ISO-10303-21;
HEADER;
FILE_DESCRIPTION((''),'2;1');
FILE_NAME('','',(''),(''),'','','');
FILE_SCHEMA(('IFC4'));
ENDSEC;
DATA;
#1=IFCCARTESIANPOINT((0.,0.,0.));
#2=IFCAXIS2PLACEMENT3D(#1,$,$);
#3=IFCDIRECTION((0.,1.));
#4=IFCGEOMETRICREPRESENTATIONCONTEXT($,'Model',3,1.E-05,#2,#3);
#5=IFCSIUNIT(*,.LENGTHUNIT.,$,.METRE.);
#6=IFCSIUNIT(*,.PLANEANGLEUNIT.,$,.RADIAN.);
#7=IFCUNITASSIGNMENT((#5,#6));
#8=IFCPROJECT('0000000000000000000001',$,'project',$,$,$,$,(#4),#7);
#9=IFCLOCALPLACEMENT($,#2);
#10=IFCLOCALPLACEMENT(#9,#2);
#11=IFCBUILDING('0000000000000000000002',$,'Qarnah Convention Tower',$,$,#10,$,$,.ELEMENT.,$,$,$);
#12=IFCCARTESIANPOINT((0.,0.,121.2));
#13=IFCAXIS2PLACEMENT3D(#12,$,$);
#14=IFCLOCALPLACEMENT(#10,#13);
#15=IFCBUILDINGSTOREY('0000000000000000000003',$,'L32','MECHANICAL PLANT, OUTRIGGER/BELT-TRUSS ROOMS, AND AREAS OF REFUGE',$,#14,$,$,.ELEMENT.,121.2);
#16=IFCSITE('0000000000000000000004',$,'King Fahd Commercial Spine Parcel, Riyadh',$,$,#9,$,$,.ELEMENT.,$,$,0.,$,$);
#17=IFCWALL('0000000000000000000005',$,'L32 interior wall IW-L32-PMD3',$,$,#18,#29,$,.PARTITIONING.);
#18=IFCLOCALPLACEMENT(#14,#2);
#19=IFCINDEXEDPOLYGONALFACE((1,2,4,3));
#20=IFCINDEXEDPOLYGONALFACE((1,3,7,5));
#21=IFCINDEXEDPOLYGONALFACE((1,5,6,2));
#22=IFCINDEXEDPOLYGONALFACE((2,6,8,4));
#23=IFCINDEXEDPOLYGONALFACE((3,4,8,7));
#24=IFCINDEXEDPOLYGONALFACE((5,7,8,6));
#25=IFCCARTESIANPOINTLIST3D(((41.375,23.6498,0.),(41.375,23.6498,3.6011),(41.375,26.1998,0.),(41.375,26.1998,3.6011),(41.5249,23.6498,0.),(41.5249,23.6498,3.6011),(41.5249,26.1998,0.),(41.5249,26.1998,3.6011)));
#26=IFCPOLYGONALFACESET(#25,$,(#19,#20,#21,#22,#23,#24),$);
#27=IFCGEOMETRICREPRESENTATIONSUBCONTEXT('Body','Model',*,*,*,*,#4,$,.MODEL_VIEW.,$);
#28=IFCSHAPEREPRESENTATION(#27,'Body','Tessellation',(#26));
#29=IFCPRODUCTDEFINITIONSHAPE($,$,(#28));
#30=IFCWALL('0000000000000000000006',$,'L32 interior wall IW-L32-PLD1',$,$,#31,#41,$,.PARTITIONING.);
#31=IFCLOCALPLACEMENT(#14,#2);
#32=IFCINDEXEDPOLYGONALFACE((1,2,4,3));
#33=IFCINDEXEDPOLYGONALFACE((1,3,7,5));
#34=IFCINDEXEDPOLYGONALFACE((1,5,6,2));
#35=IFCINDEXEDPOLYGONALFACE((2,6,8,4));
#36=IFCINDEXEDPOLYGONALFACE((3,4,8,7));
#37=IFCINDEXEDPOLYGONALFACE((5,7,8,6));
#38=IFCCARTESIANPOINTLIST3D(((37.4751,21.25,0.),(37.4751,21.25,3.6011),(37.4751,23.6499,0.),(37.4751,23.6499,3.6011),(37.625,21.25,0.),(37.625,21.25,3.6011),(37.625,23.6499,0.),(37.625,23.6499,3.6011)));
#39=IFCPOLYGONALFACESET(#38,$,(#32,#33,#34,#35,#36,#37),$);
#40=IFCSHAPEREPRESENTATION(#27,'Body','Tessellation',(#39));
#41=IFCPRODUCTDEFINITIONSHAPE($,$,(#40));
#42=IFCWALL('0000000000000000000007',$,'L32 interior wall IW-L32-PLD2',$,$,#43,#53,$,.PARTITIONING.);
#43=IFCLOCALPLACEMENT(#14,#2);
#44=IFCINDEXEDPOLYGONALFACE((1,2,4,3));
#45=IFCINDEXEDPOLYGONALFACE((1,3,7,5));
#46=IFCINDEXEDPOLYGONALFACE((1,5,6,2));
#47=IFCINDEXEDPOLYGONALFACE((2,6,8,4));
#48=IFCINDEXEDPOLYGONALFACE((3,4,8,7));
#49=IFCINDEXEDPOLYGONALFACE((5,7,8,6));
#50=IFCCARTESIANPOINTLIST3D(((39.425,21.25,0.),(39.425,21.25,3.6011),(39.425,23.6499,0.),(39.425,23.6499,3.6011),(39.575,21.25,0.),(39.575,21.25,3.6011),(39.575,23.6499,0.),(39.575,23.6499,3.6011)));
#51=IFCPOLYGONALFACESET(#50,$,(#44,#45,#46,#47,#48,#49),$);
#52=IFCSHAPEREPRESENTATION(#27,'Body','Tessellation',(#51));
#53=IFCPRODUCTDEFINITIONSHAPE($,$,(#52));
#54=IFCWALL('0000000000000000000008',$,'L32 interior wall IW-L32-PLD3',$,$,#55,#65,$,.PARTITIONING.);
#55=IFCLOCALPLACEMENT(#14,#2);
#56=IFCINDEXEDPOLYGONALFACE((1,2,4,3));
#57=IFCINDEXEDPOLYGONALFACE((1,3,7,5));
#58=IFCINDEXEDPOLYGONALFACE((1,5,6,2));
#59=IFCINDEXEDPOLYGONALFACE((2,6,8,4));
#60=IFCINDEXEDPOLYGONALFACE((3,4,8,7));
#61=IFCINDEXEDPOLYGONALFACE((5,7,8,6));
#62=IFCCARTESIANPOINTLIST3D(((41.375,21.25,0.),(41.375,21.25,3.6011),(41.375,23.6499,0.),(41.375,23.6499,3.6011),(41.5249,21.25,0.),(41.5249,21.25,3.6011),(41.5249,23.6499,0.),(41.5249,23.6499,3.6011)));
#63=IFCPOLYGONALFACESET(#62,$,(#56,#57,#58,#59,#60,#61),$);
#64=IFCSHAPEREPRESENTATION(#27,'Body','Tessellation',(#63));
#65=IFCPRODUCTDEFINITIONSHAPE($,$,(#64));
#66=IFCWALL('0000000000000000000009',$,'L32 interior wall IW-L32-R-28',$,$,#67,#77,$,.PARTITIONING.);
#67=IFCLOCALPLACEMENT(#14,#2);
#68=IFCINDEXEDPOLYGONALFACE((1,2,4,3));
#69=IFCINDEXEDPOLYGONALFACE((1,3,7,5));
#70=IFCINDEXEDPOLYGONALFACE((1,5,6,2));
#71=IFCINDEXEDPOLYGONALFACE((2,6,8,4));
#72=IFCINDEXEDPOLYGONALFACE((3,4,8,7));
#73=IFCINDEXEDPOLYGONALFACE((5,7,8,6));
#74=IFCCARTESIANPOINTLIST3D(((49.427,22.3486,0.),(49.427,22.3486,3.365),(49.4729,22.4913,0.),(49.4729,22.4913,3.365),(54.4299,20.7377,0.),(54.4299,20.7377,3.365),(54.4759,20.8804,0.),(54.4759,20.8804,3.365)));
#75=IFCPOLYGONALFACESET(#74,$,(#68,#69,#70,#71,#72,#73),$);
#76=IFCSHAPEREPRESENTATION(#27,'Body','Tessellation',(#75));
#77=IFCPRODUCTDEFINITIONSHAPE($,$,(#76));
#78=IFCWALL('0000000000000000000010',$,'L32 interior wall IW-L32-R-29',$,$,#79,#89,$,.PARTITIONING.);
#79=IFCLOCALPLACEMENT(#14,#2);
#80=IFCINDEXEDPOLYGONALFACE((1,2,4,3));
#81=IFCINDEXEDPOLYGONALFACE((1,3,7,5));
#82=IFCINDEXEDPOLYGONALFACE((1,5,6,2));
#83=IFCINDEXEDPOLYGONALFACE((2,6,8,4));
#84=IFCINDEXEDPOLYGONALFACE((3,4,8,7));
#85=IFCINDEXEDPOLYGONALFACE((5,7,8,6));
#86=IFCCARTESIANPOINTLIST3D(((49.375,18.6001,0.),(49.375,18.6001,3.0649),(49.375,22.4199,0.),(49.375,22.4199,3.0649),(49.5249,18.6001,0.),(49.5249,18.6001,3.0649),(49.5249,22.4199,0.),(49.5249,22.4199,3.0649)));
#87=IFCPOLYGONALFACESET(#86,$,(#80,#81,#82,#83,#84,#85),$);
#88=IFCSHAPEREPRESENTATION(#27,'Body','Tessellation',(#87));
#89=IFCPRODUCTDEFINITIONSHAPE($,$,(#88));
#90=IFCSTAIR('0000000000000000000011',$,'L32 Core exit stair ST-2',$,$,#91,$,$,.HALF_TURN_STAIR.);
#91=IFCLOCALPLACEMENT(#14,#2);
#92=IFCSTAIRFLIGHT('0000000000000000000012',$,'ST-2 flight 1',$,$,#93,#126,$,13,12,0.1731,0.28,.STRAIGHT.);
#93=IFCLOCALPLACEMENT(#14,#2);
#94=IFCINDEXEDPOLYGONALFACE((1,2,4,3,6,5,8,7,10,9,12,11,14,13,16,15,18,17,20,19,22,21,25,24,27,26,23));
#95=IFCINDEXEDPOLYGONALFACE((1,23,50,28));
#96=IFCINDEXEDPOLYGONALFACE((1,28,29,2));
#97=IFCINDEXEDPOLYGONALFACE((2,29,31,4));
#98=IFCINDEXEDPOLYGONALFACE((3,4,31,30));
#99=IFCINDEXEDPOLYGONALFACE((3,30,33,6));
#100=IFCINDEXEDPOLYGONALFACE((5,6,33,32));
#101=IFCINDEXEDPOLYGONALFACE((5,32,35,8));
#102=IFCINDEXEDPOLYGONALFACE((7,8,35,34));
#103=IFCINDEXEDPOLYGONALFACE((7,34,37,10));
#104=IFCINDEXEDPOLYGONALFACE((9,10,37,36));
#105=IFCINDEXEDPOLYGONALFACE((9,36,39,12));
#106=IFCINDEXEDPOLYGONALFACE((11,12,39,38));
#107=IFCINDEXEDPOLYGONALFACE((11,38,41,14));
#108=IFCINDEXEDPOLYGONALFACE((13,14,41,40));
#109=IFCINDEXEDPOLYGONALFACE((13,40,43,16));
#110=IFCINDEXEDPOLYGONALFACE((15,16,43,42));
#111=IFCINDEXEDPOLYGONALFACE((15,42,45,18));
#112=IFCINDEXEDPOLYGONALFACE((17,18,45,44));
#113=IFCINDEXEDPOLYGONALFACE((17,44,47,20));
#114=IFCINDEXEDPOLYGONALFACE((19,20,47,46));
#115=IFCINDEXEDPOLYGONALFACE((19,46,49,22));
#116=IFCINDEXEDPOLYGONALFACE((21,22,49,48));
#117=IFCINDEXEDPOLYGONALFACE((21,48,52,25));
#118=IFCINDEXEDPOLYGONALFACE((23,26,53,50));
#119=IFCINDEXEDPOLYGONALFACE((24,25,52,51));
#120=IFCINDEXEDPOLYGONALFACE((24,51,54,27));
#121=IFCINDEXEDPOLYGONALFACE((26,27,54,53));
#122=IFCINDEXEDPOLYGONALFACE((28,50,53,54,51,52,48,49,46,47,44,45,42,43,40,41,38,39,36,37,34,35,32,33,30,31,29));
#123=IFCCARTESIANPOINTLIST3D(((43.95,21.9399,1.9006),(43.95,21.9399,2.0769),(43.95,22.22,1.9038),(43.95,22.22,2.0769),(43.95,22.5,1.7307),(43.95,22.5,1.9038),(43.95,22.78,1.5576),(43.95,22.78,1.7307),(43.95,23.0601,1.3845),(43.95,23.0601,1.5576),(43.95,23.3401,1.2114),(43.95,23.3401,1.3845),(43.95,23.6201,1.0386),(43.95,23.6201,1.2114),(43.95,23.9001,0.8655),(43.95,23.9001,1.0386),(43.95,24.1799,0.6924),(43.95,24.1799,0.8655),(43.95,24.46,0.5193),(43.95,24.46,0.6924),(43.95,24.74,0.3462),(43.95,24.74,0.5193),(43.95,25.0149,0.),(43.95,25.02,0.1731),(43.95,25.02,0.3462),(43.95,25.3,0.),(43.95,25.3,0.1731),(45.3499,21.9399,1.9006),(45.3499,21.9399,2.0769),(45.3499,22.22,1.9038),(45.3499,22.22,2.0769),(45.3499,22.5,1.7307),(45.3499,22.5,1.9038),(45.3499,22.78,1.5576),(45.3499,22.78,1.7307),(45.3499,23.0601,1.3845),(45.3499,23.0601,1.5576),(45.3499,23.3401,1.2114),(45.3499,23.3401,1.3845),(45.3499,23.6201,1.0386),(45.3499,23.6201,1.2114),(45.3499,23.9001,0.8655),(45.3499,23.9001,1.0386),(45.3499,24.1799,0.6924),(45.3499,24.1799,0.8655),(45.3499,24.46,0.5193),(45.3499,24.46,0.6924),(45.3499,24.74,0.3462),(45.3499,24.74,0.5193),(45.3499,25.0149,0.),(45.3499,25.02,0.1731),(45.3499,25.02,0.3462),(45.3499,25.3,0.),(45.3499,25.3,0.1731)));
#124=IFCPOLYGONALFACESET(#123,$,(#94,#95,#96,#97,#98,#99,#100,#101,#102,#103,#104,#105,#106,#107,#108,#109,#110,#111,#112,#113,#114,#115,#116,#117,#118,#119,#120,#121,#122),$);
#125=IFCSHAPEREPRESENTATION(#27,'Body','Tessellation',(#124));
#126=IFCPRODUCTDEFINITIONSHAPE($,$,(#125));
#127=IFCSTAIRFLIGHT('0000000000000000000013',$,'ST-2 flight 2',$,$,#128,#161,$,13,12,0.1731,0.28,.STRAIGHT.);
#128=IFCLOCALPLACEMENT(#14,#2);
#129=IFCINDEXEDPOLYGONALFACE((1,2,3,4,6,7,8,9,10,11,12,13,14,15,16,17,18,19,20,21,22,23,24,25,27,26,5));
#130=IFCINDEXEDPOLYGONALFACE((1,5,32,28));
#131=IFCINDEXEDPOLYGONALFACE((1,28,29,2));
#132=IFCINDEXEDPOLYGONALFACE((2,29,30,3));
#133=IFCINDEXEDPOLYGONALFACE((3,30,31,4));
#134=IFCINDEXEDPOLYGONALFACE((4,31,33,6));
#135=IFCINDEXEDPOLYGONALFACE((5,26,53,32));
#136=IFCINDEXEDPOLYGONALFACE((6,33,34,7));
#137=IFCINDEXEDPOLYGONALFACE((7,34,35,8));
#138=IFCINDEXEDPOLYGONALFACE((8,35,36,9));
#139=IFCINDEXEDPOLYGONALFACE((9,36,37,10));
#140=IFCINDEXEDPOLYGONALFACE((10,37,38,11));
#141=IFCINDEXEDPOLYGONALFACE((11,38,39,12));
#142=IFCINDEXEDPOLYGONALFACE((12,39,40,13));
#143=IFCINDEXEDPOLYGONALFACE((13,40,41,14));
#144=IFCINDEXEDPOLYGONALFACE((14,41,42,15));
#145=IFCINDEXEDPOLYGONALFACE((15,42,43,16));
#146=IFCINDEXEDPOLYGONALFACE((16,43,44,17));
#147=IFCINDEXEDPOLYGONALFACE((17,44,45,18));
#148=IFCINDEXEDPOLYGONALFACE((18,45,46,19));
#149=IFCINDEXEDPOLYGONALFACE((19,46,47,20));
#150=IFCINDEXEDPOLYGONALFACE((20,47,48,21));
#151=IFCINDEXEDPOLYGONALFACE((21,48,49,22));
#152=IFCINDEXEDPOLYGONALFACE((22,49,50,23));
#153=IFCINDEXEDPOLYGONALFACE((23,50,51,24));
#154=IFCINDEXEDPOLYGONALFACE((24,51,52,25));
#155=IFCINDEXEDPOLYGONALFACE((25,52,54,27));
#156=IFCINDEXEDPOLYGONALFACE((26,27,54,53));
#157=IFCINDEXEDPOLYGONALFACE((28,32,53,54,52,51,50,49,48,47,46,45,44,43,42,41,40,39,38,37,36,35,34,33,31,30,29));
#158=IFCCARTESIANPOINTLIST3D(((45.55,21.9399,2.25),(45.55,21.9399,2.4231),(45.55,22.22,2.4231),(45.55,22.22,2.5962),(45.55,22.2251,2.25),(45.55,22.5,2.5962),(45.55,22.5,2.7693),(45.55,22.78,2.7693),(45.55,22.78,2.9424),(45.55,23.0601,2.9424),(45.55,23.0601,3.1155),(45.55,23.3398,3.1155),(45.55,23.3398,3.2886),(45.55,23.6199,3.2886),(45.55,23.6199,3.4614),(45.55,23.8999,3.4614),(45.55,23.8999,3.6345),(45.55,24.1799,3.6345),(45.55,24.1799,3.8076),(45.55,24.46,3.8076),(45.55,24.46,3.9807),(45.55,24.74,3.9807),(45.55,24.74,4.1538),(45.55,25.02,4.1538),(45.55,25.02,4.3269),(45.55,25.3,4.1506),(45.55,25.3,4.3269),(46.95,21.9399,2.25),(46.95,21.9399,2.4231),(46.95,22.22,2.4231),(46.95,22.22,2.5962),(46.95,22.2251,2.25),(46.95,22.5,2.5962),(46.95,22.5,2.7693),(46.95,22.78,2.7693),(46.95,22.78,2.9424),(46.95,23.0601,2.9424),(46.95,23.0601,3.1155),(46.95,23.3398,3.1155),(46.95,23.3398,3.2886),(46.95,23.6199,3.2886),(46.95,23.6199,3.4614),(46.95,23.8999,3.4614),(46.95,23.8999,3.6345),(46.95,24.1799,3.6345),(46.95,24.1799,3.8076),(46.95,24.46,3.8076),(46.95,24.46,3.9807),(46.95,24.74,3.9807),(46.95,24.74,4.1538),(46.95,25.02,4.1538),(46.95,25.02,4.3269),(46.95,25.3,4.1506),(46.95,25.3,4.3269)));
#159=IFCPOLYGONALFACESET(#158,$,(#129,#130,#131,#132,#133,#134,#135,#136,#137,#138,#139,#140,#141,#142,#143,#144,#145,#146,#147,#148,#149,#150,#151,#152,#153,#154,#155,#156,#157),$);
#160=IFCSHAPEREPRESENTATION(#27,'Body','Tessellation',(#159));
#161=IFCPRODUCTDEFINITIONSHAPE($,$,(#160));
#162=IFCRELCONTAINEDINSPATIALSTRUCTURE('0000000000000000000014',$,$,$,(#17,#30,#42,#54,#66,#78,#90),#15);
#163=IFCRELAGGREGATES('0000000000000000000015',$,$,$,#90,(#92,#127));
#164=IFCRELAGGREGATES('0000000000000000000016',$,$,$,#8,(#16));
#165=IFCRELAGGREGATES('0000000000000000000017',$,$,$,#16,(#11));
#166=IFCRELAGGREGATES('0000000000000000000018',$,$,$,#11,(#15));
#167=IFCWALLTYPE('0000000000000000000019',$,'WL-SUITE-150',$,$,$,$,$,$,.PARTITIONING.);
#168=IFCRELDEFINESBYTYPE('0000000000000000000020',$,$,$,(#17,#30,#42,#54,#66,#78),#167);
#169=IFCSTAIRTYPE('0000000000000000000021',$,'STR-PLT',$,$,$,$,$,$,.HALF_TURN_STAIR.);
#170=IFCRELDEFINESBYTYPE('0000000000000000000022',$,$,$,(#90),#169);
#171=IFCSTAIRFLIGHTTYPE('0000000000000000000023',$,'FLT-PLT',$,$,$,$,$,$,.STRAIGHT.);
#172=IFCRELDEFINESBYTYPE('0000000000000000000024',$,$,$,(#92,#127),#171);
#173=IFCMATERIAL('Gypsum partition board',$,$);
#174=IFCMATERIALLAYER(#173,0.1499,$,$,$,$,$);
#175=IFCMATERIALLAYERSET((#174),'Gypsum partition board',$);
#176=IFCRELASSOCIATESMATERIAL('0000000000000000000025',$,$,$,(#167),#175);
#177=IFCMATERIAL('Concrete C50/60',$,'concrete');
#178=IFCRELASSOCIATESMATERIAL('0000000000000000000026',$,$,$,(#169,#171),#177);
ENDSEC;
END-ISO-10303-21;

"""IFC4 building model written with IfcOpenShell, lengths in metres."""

from ifc_helpers import new_model, si_unit, direction, frame, frame_2d, origin, place, context, subcontext, project, spatial, polyline, rectangle, outline, extrude, material, layer, layer_set, type_object, element, aggregate, save


model = new_model("IFC4")

# Units and contexts
model_context = context("Model", 3, precision=1e-05, world=origin(), true_north=direction((0.0, 1.0)))
body_context = subcontext(model_context, "Body", "Model", "MODEL_VIEW")
ifc_project = project(units=[si_unit("LENGTHUNIT", "METRE"), si_unit("PLANEANGLEUNIT", "RADIAN")], contexts=[model_context])

# Site, building, storey
site_placement = place(None, origin())
site = spatial("IfcSite", under=ifc_project, at=site_placement, Name="King Fahd Commercial Spine Parcel, Riyadh", CompositionType="ELEMENT", RefElevation=0.0)
building_placement = place(site_placement, origin())
building = spatial("IfcBuilding", under=site, at=building_placement, Name="Qarnah Convention Tower", CompositionType="ELEMENT")
storey_placement = place(building_placement, frame((0.0, 0.0, 121.2)))
storey = spatial("IfcBuildingStorey", under=building, at=storey_placement, Name="L32", Description="MECHANICAL PLANT, OUTRIGGER/BELT-TRUSS ROOMS, AND AREAS OF REFUGE", CompositionType="ELEMENT", Elevation=121.2)

# Walls
ifc_material_1 = material(Name="Gypsum partition board")
ifc_layer_1 = layer(ifc_material_1, 0.1499)
ifc_layer_set_1 = layer_set([ifc_layer_1], Name="Gypsum partition board")
wall_type = type_object("IfcWallType", Name="WL-SUITE-150", PredefinedType="PARTITIONING", material=ifc_layer_set_1)
for number, where, z_axis, x_axis, name in (
    (1, (41.45, 23.6499, 0.0), (0.0, 0.0, 1.0), (0.0, 1.0, 0.0), "L32 interior wall IW-L32-PMD3"),
):
    element("IfcWall", number, at=place(storey_placement, frame(where, z_axis=z_axis, x_axis=x_axis)), inside=storey, type_object=wall_type, Name=name, PredefinedType="PARTITIONING", context=body_context, shape_type="SweptSolid", body=[
        extrude(rectangle(XDim=2.55, YDim=0.1499, at=frame_2d((1.2749, 0.0))), origin(), (0.0, 0.0, 1.0), 3.6011),
    ])
for number, where, z_axis, x_axis, name in (
    (2, (37.55, 21.25, 0.0), (0.0, 0.0, 1.0), (0.0, 1.0, 0.0), "L32 interior wall IW-L32-PLD1"),
    (3, (39.5, 21.25, 0.0), (0.0, 0.0, 1.0), (0.0, 1.0, 0.0), "L32 interior wall IW-L32-PLD2"),
    (4, (41.45, 21.25, 0.0), (0.0, 0.0, 1.0), (0.0, 1.0, 0.0), "L32 interior wall IW-L32-PLD3"),
):
    element("IfcWall", number, at=place(storey_placement, frame(where, z_axis=z_axis, x_axis=x_axis)), inside=storey, type_object=wall_type, Name=name, PredefinedType="PARTITIONING", context=body_context, shape_type="SweptSolid", body=[
        extrude(rectangle(XDim=2.3999, YDim=0.1499, at=frame_2d((1.2, 0.0))), origin(), (0.0, 0.0, 1.0), 3.6011),
    ])
wall_1_placement = place(storey_placement, frame((54.4529, 20.8091, 0.0), z_axis=(0.0, 0.0, 1.0), x_axis=(-0.951876, 0.306484, 0.0)))
element("IfcWall", 5, at=wall_1_placement, inside=storey, type_object=wall_type, Name="L32 interior wall IW-L32-R-28", PredefinedType="PARTITIONING", context=body_context, shape_type="SweptSolid", body=[
    extrude(rectangle(XDim=5.2559, YDim=0.1499, at=frame_2d((2.6279, 0.0))), origin(), (0.0, 0.0, 1.0), 3.365),
])
wall_2_placement = place(storey_placement, frame((49.45, 22.4199, 0.0), z_axis=(0.0, 0.0, 1.0), x_axis=(0.0, -1.0, 0.0)))
element("IfcWall", 6, at=wall_2_placement, inside=storey, type_object=wall_type, Name="L32 interior wall IW-L32-R-29", PredefinedType="PARTITIONING", context=body_context, shape_type="SweptSolid", body=[
    extrude(rectangle(XDim=3.8198, YDim=0.1499, at=frame_2d((1.9099, 0.0))), origin(), (0.0, 0.0, 1.0), 3.0649),
])

# Stair, stair flights
ifc_material_2 = material(Name="Concrete C50/60", Category="concrete")
stair_type = type_object("IfcStairType", Name="STR-PLT", PredefinedType="HALF_TURN_STAIR", material=ifc_material_2)
stair_placement = place(storey_placement, origin())
stair = element("IfcStair", 7, at=stair_placement, inside=storey, type_object=stair_type, Name="L32 Core exit stair ST-2", PredefinedType="HALF_TURN_STAIR")
stair_flight_type = type_object("IfcStairFlightType", Name="FLT-PLT", PredefinedType="STRAIGHT", material=ifc_material_2)
stair_flight_1_placement = place(storey_placement, frame((44.6499, 25.3, 0.0), z_axis=(0.0, 0.0, 1.0), x_axis=(0.0, -1.0, 0.0)))
stair_flight_1 = element("IfcStairFlight", 8, at=stair_flight_1_placement, type_object=stair_flight_type, Name="ST-2 flight 1", NumberOfRisers=13, NumberOfTreads=12, PredefinedType="STRAIGHT", RiserHeight=0.1731, TreadLength=0.28, context=body_context, shape_type="SweptSolid", body=[
    extrude(outline(polyline([(0.0, 0.0), (0.0, 0.1731), (0.28, 0.1731), (0.28, 0.3462), (0.5601, 0.3462), (0.5601, 0.5193), (0.8401, 0.5193), (0.8401, 0.6924), (1.1201, 0.6924), (1.1201, 0.8655), (1.3999, 0.8655), (1.3999, 1.0386), (1.6799, 1.0386), (1.6799, 1.2114), (1.96, 1.2114), (1.96, 1.3845), (2.24, 1.3845), (2.24, 1.5576), (2.52, 1.5576), (2.52, 1.7307), (2.8, 1.7307), (2.8, 1.9038), (3.0801, 1.9038), (3.0801, 2.0769), (3.3601, 2.0769), (3.3601, 2.25), (3.3601, 1.9006), (0.2852, 0.0), (0.0, 0.0)])), frame((0.0, 0.7, 0.0), z_axis=(0.0, -1.0, 0.0), x_axis=(1.0, 0.0, 0.0)), (0.0, 0.0, 1.0), 1.3999),
])
stair_flight_2_placement = place(storey_placement, frame((46.25, 21.9399, 2.25), z_axis=(0.0, 0.0, 1.0), x_axis=(0.0, 1.0, 0.0)))
stair_flight_2 = element("IfcStairFlight", 9, at=stair_flight_2_placement, type_object=stair_flight_type, Name="ST-2 flight 2", NumberOfRisers=13, NumberOfTreads=12, PredefinedType="STRAIGHT", RiserHeight=0.1731, TreadLength=0.28, context=body_context, shape_type="SweptSolid", body=[
    extrude(outline(polyline([(0.0, 0.0), (0.0, 0.1731), (0.28, 0.1731), (0.28, 0.3462), (0.5601, 0.3462), (0.5601, 0.5193), (0.8401, 0.5193), (0.8401, 0.6924), (1.1201, 0.6924), (1.1201, 0.8655), (1.3999, 0.8655), (1.3999, 1.0386), (1.6799, 1.0386), (1.6799, 1.2114), (1.96, 1.2114), (1.96, 1.3845), (2.24, 1.3845), (2.24, 1.5576), (2.52, 1.5576), (2.52, 1.7307), (2.8, 1.7307), (2.8, 1.9038), (3.0801, 1.9038), (3.0801, 2.0769), (3.3601, 2.0769), (3.3601, 2.25), (3.3601, 1.9006), (0.2852, 0.0), (0.0, 0.0)])), frame((0.0, 0.7, 0.0), z_axis=(0.0, -1.0, 0.0), x_axis=(1.0, 0.0, 0.0)), (0.0, 0.0, 1.0), 1.3999),
])
aggregate(stair, [stair_flight_1, stair_flight_2])

save(model, "model.ifc")
